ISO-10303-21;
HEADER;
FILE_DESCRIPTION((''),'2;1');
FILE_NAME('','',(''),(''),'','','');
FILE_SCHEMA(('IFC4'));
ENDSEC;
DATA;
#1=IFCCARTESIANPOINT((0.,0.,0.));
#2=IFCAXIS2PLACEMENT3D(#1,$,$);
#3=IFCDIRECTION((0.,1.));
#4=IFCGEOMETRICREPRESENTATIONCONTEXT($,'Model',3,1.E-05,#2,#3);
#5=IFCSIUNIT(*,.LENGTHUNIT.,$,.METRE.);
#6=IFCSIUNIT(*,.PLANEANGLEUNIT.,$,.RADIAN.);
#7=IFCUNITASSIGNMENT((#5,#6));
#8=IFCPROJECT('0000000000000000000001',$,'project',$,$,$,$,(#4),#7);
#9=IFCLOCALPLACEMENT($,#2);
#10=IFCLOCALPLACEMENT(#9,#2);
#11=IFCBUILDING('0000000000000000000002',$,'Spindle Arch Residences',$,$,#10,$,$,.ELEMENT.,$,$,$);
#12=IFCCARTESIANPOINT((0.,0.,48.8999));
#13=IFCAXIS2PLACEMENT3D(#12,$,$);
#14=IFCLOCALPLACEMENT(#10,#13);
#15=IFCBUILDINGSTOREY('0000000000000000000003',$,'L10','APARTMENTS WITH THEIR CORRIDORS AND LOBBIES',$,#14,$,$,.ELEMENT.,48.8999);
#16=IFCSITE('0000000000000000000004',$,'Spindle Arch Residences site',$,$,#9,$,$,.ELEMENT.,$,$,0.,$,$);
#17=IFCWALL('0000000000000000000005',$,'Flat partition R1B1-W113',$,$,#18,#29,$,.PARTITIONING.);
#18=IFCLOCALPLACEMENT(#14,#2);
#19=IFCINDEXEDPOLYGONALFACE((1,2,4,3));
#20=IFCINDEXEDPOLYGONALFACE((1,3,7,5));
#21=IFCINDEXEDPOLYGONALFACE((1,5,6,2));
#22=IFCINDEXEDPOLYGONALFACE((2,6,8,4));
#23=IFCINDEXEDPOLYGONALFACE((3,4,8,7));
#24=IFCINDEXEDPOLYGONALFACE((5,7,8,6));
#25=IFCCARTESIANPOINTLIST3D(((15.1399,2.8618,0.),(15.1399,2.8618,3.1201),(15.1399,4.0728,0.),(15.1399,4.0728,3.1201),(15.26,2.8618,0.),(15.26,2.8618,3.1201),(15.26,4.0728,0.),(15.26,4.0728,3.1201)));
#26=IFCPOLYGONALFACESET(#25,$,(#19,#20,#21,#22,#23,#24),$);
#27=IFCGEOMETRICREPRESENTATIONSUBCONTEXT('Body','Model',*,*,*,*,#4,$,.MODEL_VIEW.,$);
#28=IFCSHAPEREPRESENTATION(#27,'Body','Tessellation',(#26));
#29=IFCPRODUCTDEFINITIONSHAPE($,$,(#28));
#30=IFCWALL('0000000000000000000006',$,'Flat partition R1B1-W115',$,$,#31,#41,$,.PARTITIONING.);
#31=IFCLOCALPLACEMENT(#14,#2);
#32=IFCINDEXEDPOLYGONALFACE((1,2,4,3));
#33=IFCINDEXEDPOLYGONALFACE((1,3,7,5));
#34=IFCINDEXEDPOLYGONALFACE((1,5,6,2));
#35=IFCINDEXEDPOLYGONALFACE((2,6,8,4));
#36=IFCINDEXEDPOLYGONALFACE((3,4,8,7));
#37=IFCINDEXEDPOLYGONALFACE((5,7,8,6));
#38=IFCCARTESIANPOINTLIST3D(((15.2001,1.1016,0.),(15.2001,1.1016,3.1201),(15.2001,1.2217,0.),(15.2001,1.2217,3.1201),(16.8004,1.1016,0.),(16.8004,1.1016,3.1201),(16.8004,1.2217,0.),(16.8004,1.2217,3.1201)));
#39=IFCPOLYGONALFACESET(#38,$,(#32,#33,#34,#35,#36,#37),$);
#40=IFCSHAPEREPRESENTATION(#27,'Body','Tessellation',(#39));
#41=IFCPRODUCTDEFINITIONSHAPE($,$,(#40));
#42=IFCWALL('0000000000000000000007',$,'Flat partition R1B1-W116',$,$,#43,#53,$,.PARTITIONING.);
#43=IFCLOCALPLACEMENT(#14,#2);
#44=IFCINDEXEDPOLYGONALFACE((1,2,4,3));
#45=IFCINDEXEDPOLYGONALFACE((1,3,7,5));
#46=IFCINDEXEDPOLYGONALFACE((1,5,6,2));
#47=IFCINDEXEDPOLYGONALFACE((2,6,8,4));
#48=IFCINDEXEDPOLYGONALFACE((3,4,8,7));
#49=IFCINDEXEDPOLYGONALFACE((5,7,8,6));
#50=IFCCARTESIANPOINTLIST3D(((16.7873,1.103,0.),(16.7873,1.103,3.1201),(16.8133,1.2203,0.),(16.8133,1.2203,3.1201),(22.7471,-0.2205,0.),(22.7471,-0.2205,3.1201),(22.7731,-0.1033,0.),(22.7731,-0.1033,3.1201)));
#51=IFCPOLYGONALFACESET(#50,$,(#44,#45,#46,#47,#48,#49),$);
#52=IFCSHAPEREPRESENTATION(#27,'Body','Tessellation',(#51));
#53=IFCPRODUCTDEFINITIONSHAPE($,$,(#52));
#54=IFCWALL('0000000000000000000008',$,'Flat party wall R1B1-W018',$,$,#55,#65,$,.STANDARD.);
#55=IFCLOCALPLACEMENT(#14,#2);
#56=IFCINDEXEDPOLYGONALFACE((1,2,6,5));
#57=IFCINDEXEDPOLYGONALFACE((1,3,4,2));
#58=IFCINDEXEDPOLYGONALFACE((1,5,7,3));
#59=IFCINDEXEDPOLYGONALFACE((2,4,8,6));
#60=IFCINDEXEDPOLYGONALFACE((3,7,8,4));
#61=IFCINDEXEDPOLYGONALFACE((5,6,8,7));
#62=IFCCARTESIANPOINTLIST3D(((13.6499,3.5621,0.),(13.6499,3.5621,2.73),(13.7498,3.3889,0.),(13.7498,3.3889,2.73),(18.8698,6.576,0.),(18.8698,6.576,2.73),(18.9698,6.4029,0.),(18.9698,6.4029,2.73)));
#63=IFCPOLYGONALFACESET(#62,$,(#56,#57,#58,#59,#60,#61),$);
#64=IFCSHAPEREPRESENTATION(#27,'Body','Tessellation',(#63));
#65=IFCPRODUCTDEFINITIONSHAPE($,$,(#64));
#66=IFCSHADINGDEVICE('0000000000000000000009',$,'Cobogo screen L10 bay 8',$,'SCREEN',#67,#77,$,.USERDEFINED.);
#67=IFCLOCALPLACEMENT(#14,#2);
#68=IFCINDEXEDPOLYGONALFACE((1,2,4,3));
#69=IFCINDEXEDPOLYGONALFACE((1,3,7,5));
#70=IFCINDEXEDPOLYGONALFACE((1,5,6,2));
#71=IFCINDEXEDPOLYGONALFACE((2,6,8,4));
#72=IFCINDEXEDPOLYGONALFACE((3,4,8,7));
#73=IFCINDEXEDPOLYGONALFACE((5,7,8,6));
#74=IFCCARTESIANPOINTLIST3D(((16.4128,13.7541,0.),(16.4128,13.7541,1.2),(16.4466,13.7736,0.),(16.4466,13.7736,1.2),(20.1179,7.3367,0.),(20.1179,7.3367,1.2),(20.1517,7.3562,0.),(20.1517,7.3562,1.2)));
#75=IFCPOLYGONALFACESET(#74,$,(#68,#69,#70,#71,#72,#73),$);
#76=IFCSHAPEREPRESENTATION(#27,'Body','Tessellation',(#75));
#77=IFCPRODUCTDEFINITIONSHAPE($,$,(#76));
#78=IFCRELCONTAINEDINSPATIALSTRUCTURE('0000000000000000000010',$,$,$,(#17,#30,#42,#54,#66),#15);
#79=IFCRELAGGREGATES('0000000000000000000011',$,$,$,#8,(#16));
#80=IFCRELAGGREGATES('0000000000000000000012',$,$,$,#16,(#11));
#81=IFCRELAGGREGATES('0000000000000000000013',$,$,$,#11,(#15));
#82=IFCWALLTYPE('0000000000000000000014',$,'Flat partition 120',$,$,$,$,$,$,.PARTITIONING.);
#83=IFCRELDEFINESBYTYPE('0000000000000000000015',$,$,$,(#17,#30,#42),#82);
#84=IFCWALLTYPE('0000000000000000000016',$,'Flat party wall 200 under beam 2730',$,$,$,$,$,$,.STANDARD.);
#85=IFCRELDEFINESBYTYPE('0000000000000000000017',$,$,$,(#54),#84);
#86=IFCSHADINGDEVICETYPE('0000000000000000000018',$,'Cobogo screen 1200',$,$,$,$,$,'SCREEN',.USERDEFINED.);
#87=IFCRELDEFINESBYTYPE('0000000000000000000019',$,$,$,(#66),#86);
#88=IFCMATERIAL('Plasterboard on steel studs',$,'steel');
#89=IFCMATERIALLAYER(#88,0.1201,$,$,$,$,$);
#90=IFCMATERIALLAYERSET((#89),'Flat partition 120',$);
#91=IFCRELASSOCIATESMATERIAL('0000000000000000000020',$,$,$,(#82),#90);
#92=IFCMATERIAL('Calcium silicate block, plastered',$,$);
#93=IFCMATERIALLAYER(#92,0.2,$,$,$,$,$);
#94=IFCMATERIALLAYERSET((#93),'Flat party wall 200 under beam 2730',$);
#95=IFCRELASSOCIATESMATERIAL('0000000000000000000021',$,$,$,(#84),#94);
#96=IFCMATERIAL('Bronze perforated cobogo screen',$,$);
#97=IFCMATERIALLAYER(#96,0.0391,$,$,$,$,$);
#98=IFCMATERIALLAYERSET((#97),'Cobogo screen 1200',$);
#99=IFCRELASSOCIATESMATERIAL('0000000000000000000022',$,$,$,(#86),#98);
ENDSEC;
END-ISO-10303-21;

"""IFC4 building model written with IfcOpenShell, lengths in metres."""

from ifc_helpers import new_model, si_unit, direction, frame, frame_2d, origin, origin_2d, place, context, subcontext, project, spatial, rectangle, extrude, material, layer, layer_set, type_object, element, save


model = new_model("IFC4")

# Units and contexts
model_context = context("Model", 3, precision=1e-05, world=origin(), true_north=direction((0.0, 1.0)))
body_context = subcontext(model_context, "Body", "Model", "MODEL_VIEW")
ifc_project = project(units=[si_unit("LENGTHUNIT", "METRE"), si_unit("PLANEANGLEUNIT", "RADIAN")], contexts=[model_context])

# Site, building, storey
site_placement = place(None, origin())
site = spatial("IfcSite", under=ifc_project, at=site_placement, Name="Spindle Arch Residences site", CompositionType="ELEMENT", RefElevation=0.0)
building_placement = place(site_placement, origin())
building = spatial("IfcBuilding", under=site, at=building_placement, Name="Spindle Arch Residences", CompositionType="ELEMENT")
storey_placement = place(building_placement, frame((0.0, 0.0, 48.8999)))
storey = spatial("IfcBuildingStorey", under=building, at=storey_placement, Name="L10", Description="APARTMENTS WITH THEIR CORRIDORS AND LOBBIES", CompositionType="ELEMENT", Elevation=48.8999)

# Shared definitions
ifc_material_1 = material(Name="Plasterboard on steel studs", Category="steel")
ifc_layer_1 = layer(ifc_material_1, 0.1201)
ifc_layer_set_1 = layer_set([ifc_layer_1], Name="Flat partition 120")
wall_type_1 = type_object("IfcWallType", Name="Flat partition 120", PredefinedType="PARTITIONING", material=ifc_layer_set_1)

# Walls
wall_1_placement = place(storey_placement, frame((15.2, 2.8618, 0.0), z_axis=(0.0, 0.0, 1.0), x_axis=(0.0, 1.0, 0.0)))
element("IfcWall", 1, at=wall_1_placement, inside=storey, type_object=wall_type_1, Name="Flat partition R1B1-W113", PredefinedType="PARTITIONING", context=body_context, shape_type="SweptSolid", body=[
    extrude(rectangle(XDim=1.2109, YDim=0.1201, at=frame_2d((0.6055, 0.0))), origin(), (0.0, 0.0, 1.0), 3.1201),
])
wall_2_placement = place(storey_placement, frame((15.2, 1.1616, 0.0), z_axis=(0.0, 0.0, 1.0), x_axis=(1.0, 0.0, 0.0)))
element("IfcWall", 2, at=wall_2_placement, inside=storey, type_object=wall_type_1, Name="Flat partition R1B1-W115", PredefinedType="PARTITIONING", context=body_context, shape_type="SweptSolid", body=[
    extrude(rectangle(XDim=1.6003, YDim=0.1201, at=frame_2d((0.8003, 0.0))), origin(), (0.0, 0.0, 1.0), 3.1201),
])
wall_3_placement = place(storey_placement, frame((16.8003, 1.1616, 0.0), z_axis=(0.0, 0.0, 1.0), x_axis=(0.976218, -0.216791, 0.0)))
element("IfcWall", 3, at=wall_3_placement, inside=storey, type_object=wall_type_1, Name="Flat partition R1B1-W116", PredefinedType="PARTITIONING", context=body_context, shape_type="SweptSolid", body=[
    extrude(rectangle(XDim=6.105, YDim=0.1201, at=frame_2d((3.0525, 0.0))), origin(), (0.0, 0.0, 1.0), 3.1201),
])
ifc_material_2 = material(Name="Calcium silicate block, plastered")
ifc_layer_2 = layer(ifc_material_2, 0.2)
ifc_layer_set_2 = layer_set([ifc_layer_2], Name="Flat party wall 200 under beam 2730")
wall_type_2 = type_object("IfcWallType", Name="Flat party wall 200 under beam 2730", PredefinedType="STANDARD", material=ifc_layer_set_2)
wall_4_placement = place(storey_placement, frame((13.7, 3.4756, 0.0), z_axis=(0.0, 0.0, 1.0), x_axis=(0.866014, 0.50002, 0.0)))
element("IfcWall", 4, at=wall_4_placement, inside=storey, type_object=wall_type_2, Name="Flat party wall R1B1-W018", PredefinedType="STANDARD", context=body_context, shape_type="SweptSolid", body=[
    extrude(rectangle(XDim=6.0276, YDim=0.2, at=frame_2d((3.0137, 0.0))), origin(), (0.0, 0.0, 1.0), 2.73),
])

# Shading device
ifc_material_3 = material(Name="Bronze perforated cobogo screen")
ifc_layer_3 = layer(ifc_material_3, 0.0391)
ifc_layer_set_3 = layer_set([ifc_layer_3], Name="Cobogo screen 1200")
shading_device_type = type_object("IfcShadingDeviceType", Name="Cobogo screen 1200", ElementType="SCREEN", PredefinedType="USERDEFINED", material=ifc_layer_set_3)
shading_device_placement = place(storey_placement, frame((18.2822, 10.5552, 0.0), z_axis=(0.0, 0.0, 1.0), x_axis=(-0.5, 0.866025, 0.0)))
element("IfcShadingDevice", 5, at=shading_device_placement, inside=storey, type_object=shading_device_type, Name="Cobogo screen L10 bay 8", ObjectType="SCREEN", PredefinedType="USERDEFINED", context=body_context, shape_type="SweptSolid", body=[
    extrude(rectangle(XDim=7.4102, YDim=0.0391, at=origin_2d()), origin(), (0.0, 0.0, 1.0), 1.2),
])

save(model, "model.ifc")
